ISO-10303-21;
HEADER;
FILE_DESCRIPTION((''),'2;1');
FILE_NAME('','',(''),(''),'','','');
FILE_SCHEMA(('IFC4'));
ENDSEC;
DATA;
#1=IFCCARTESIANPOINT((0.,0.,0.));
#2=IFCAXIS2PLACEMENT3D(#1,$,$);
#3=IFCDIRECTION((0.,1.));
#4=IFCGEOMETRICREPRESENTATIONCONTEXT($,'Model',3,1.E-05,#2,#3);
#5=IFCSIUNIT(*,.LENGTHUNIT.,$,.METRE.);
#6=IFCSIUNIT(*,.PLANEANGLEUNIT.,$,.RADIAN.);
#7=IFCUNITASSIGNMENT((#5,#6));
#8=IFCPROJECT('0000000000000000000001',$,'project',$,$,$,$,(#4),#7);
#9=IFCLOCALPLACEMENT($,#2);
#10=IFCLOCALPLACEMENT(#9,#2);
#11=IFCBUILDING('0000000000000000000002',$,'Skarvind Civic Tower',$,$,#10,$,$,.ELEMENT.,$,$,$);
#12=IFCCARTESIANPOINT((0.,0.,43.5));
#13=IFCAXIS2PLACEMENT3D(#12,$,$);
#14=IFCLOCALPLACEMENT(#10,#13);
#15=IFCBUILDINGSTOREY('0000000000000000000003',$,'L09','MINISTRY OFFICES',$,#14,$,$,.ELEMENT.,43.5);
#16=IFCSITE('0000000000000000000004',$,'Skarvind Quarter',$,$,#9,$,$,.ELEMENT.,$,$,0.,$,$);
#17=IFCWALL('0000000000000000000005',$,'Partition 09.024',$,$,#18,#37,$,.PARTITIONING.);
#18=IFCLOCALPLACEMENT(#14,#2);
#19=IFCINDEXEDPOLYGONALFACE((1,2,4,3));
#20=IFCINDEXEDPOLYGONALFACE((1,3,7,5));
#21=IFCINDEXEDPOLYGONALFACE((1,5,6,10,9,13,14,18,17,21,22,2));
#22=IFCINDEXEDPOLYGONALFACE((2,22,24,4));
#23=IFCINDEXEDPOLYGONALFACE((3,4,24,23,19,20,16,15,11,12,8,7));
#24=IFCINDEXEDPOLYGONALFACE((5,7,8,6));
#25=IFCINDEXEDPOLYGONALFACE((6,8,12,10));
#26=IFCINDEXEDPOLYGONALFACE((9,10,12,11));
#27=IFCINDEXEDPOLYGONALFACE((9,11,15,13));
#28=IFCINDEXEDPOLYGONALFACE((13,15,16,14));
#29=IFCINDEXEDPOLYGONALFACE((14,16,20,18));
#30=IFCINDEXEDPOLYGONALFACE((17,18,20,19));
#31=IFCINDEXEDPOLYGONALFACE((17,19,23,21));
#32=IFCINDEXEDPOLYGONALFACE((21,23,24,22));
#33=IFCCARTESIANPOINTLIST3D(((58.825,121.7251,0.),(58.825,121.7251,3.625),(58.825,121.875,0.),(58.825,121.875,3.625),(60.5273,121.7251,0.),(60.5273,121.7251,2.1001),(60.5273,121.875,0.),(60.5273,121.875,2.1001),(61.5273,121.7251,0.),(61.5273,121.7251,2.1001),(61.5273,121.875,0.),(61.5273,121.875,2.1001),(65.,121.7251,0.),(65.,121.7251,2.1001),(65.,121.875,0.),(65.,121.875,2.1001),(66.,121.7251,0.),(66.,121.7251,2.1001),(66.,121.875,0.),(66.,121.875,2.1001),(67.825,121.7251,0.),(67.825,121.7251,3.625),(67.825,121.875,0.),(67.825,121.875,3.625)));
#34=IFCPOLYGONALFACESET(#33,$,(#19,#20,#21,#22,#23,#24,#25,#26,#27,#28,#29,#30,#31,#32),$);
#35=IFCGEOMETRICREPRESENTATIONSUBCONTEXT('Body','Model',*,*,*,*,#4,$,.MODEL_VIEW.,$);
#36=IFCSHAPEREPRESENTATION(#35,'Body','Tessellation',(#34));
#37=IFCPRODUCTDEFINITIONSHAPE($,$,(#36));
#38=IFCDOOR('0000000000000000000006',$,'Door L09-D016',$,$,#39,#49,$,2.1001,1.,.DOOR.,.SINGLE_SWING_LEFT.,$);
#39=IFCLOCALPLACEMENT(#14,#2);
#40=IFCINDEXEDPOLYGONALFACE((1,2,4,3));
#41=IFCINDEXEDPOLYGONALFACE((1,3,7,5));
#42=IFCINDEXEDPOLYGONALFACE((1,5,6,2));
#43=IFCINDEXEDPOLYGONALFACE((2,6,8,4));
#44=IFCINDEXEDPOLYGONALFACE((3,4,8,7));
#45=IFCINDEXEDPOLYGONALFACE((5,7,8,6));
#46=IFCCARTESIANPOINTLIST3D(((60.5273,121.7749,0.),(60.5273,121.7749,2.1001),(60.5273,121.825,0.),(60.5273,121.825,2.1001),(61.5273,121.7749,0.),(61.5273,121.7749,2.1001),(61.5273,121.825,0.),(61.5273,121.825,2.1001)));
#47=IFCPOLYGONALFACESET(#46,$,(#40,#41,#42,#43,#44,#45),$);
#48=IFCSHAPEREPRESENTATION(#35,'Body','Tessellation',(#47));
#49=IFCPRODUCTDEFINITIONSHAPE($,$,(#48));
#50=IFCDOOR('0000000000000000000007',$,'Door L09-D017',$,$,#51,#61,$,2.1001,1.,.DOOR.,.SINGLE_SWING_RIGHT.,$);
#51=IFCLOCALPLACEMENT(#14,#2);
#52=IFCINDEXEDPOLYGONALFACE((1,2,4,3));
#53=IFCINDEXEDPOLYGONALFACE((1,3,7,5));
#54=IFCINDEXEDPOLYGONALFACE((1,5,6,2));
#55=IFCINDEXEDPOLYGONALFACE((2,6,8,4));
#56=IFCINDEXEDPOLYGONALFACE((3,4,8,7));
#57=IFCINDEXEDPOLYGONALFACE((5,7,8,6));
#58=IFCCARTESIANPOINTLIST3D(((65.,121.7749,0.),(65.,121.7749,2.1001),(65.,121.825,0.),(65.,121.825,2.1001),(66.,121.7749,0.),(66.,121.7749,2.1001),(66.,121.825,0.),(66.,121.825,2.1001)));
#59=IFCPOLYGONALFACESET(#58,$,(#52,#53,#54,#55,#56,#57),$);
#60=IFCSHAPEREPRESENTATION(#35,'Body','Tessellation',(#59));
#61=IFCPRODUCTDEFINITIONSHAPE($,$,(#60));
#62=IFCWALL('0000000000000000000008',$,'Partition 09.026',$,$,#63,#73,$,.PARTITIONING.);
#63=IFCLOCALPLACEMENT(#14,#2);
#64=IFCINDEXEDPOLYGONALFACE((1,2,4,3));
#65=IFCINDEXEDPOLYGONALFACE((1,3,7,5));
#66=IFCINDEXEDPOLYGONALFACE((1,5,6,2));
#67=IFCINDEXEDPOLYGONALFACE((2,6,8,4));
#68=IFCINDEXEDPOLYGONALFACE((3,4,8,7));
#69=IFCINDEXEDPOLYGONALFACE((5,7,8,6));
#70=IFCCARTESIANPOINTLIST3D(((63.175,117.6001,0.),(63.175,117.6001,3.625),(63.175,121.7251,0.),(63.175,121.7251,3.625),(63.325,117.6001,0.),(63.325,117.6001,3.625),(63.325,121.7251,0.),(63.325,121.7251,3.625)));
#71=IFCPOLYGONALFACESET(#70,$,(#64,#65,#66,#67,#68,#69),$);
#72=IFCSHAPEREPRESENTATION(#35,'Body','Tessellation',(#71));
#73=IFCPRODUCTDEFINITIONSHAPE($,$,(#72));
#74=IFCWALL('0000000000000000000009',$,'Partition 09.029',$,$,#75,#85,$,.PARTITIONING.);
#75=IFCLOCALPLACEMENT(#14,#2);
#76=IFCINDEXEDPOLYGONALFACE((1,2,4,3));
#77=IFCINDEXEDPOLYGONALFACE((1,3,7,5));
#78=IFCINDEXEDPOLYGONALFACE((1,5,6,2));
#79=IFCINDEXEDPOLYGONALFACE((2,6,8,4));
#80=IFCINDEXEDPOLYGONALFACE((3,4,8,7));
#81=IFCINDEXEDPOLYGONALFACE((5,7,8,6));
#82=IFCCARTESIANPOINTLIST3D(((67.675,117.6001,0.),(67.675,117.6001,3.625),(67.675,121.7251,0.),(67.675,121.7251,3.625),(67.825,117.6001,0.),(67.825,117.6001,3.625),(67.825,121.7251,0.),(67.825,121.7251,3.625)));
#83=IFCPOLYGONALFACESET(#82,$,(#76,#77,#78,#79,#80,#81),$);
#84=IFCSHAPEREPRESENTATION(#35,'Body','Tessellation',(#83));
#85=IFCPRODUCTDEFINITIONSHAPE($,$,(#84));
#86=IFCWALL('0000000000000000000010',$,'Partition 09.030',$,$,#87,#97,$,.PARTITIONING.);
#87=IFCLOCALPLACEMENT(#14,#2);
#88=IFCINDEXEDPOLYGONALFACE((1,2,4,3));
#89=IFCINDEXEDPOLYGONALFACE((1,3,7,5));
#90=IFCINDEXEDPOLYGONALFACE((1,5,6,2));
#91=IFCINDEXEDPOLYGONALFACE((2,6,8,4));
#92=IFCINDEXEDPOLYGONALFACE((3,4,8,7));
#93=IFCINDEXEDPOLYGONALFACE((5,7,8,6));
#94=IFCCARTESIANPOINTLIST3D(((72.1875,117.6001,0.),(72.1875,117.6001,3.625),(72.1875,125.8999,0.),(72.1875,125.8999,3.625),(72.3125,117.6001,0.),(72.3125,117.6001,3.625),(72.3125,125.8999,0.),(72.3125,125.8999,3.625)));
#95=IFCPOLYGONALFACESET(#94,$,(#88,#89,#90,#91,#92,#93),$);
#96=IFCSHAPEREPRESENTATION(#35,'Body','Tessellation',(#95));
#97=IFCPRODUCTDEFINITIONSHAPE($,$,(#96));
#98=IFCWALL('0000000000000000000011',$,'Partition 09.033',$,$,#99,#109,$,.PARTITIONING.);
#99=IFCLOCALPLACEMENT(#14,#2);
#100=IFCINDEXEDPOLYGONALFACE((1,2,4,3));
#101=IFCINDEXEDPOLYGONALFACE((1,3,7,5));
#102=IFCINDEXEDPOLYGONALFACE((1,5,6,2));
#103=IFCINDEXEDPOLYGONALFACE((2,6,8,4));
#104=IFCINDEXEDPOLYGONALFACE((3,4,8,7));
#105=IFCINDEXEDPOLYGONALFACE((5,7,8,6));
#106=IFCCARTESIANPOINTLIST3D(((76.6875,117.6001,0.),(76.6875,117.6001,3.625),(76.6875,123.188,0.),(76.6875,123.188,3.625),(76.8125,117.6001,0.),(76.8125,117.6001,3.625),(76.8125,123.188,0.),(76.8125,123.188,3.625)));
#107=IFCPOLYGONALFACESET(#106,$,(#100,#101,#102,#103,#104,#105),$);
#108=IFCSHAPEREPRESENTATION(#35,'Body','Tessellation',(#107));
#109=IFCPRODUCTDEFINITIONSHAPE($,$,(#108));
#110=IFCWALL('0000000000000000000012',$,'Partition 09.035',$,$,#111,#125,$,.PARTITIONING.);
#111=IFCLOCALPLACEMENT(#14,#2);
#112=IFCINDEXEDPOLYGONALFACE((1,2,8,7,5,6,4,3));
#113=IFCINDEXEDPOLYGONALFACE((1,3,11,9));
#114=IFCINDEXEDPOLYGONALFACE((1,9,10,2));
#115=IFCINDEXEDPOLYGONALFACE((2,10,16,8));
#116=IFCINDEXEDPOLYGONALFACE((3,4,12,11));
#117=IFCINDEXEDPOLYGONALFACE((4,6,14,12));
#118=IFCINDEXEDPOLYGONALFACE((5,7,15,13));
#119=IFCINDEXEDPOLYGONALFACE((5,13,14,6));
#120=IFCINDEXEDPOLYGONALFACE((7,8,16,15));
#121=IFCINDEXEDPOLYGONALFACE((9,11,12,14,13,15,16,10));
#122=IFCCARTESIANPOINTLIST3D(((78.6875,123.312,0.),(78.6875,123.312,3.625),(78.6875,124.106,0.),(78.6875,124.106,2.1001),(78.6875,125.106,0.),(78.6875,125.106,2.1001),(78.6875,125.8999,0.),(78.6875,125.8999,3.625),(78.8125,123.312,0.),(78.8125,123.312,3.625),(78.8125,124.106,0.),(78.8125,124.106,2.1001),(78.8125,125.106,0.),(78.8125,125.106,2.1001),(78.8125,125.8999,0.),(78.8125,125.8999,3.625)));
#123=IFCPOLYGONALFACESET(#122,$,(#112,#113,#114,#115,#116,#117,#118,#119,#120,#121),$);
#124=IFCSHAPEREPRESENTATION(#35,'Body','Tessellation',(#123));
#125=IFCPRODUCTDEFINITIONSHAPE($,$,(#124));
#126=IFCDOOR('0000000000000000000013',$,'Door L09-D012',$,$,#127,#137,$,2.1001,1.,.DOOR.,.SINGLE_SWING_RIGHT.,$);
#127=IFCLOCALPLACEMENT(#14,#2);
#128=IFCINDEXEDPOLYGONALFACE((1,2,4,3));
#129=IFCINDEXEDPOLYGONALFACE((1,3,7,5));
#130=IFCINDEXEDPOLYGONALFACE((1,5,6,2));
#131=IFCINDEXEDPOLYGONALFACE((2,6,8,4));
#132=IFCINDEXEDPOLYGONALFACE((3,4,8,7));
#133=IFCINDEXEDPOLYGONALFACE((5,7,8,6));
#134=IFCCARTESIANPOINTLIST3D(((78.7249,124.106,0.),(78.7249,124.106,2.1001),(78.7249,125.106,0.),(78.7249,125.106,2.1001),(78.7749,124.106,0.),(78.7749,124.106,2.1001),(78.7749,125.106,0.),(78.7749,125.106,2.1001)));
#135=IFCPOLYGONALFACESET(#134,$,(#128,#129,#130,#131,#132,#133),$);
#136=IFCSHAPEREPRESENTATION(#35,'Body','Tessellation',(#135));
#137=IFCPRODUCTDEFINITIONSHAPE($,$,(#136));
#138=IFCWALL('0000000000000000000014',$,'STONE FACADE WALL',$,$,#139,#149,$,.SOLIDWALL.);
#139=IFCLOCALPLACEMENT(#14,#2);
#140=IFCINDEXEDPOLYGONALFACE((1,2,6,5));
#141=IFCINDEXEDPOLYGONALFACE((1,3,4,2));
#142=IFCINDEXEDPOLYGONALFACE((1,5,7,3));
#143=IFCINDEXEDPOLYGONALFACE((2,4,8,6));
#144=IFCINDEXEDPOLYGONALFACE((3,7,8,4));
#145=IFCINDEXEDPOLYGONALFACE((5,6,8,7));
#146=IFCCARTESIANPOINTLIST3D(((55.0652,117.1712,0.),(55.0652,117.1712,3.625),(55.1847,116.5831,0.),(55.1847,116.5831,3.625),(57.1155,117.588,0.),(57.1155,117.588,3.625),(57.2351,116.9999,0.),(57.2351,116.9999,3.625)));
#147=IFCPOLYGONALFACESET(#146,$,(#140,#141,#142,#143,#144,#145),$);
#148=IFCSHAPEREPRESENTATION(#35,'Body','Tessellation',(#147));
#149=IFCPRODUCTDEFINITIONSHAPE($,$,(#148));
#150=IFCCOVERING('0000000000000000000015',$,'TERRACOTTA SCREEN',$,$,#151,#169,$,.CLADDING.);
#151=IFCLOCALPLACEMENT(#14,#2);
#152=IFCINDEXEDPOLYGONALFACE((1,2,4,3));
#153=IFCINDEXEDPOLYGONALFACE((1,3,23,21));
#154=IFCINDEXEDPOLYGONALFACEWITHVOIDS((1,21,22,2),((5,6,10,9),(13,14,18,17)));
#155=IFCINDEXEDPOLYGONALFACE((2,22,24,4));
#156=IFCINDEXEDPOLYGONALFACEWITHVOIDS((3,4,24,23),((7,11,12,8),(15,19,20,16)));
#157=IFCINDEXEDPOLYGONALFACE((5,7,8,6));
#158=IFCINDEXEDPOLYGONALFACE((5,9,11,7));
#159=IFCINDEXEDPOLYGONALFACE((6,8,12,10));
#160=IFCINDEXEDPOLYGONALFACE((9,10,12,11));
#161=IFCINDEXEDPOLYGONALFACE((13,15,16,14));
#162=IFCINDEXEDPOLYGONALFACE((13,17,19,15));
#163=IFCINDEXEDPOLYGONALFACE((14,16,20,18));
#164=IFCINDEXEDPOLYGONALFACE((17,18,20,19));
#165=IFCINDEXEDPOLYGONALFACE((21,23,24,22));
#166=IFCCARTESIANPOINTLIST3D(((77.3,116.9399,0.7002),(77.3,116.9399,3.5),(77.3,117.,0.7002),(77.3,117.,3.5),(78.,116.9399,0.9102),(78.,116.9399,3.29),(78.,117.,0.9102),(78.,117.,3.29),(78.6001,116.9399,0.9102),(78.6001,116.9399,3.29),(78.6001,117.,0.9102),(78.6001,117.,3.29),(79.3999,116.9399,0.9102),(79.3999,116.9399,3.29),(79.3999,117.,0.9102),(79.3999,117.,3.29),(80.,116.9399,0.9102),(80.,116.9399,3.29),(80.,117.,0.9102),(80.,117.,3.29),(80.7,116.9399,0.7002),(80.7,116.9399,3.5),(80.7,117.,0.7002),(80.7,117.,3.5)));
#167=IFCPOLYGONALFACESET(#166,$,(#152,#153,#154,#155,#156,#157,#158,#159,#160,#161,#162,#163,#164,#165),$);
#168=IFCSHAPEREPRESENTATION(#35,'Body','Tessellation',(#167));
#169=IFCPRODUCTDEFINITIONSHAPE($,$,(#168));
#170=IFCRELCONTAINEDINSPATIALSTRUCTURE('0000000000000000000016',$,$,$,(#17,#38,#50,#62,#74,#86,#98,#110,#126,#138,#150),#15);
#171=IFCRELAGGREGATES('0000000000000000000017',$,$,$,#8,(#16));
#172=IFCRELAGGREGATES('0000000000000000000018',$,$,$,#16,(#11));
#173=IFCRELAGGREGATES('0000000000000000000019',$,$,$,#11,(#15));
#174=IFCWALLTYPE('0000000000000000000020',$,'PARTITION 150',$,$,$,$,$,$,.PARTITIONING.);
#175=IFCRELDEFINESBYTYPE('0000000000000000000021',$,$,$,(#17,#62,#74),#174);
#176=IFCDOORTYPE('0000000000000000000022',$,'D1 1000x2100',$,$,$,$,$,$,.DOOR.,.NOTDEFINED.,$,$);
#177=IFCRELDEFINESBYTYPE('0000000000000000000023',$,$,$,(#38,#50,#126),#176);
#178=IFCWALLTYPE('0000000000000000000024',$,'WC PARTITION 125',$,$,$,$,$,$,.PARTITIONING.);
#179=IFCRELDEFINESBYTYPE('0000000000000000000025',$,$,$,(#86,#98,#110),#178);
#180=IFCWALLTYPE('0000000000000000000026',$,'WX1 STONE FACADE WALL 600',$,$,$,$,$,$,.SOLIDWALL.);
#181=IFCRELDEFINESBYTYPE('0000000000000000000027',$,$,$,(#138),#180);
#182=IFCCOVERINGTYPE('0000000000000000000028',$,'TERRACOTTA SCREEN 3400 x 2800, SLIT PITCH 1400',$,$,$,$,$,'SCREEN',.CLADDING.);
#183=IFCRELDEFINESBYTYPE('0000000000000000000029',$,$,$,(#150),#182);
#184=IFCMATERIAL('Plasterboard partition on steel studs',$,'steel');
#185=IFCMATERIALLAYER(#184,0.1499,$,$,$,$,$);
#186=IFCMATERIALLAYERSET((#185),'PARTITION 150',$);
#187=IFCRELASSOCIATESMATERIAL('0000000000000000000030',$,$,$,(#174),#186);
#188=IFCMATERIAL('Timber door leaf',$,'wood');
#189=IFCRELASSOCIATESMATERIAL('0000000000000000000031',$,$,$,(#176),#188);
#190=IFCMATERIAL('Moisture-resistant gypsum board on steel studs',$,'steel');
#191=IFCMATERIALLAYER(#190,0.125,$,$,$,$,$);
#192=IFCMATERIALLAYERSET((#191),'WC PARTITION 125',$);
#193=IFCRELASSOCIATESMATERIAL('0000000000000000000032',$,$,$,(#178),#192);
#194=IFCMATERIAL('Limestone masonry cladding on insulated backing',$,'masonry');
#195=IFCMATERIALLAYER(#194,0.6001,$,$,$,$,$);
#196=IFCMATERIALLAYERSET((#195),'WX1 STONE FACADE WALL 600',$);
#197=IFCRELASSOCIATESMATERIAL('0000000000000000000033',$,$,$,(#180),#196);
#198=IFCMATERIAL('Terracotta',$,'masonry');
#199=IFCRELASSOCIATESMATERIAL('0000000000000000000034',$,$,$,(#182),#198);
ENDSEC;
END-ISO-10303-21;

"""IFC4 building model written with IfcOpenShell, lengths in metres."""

from ifc_helpers import new_model, si_unit, direction, frame, frame_2d, origin, place, context, subcontext, project, spatial, polyline, rectangle, outline, extrude, material, layer, layer_set, material_profile, profile_set, type_object, element, fill, save


model = new_model("IFC4")

# Units and contexts
model_context = context("Model", 3, precision=1e-05, world=origin(), true_north=direction((0.0, 1.0)))
body_context = subcontext(model_context, "Body", "Model", "MODEL_VIEW")
ifc_project = project(units=[si_unit("LENGTHUNIT", "METRE"), si_unit("PLANEANGLEUNIT", "RADIAN")], contexts=[model_context])

# Site, building, storey
site_placement = place(None, origin())
site = spatial("IfcSite", under=ifc_project, at=site_placement, Name="Skarvind Quarter", CompositionType="ELEMENT", RefElevation=0.0)
building_placement = place(site_placement, origin())
building = spatial("IfcBuilding", under=site, at=building_placement, Name="Skarvind Civic Tower", CompositionType="ELEMENT")
storey_placement = place(building_placement, frame((0.0, 0.0, 43.5)))
storey = spatial("IfcBuildingStorey", under=building, at=storey_placement, Name="L09", Description="MINISTRY OFFICES", CompositionType="ELEMENT", Elevation=43.5)

# Shared definitions
ifc_material_1 = material(Name="Plasterboard partition on steel studs", Category="steel")
ifc_layer_1 = layer(ifc_material_1, 0.1499)
ifc_layer_set_1 = layer_set([ifc_layer_1], Name="PARTITION 150")
wall_type_1 = type_object("IfcWallType", Name="PARTITION 150", PredefinedType="PARTITIONING", material=ifc_layer_set_1)
ifc_material_2 = material(Name="Timber door leaf", Category="wood")

# Wall, openings, doors
wall_1_placement = place(storey_placement, frame((58.825, 121.8, 0.0), z_axis=(0.0, 0.0, 1.0), x_axis=(1.0, 0.0, 0.0)))
wall_1 = element("IfcWall", 1, at=wall_1_placement, inside=storey, type_object=wall_type_1, Name="Partition 09.024", PredefinedType="PARTITIONING", context=body_context, shape_type="SweptSolid", body=[
    extrude(rectangle(XDim=9.0, YDim=0.1499, at=frame_2d((4.5, 0.0))), origin(), (0.0, 0.0, 1.0), 3.625),
])
opening_1_placement = place(wall_1_placement, frame((1.7024, 0.0, 0.0)))
opening_1 = element("IfcOpeningElement", 2, at=opening_1_placement, cuts=wall_1, PredefinedType="OPENING", context=body_context, shape_type="SweptSolid", body=[
    extrude(rectangle(XDim=1.0, YDim=2.1001, at=frame_2d((0.5, 1.05))), frame((0.0, 0.085, 0.0), z_axis=(0.0, -1.0, 0.0), x_axis=(1.0, 0.0, 0.0)), (0.0, 0.0, 1.0), 0.1699),
])
opening_2_placement = place(wall_1_placement, frame((6.175, 0.0, 0.0)))
opening_2 = element("IfcOpeningElement", 3, at=opening_2_placement, cuts=wall_1, PredefinedType="OPENING", context=body_context, shape_type="SweptSolid", body=[
    extrude(rectangle(XDim=1.0, YDim=2.1001, at=frame_2d((0.5, 1.05))), frame((0.0, 0.085, 0.0), z_axis=(0.0, -1.0, 0.0), x_axis=(1.0, 0.0, 0.0)), (0.0, 0.0, 1.0), 0.1699),
])
door_type_1 = type_object("IfcDoorType", Name="D1 1000x2100", OperationType="NOTDEFINED", PredefinedType="DOOR", material=ifc_material_2)
door_1_placement = place(opening_1_placement, origin())
door_1 = element("IfcDoor", 4, at=door_1_placement, inside=storey, type_object=door_type_1, Name="Door L09-D016", OperationType="SINGLE_SWING_LEFT", OverallHeight=2.1001, OverallWidth=1.0, PredefinedType="DOOR", context=body_context, shape_type="SweptSolid", body=[
    extrude(rectangle(XDim=1.0, YDim=2.1001, at=frame_2d((0.5, 1.05))), frame((0.0, 0.0249, 0.0), z_axis=(0.0, -1.0, 0.0), x_axis=(1.0, 0.0, 0.0)), (0.0, 0.0, 1.0), 0.05),
])
fill(opening_1, door_1)
door_2_placement = place(opening_2_placement, origin())
door_2 = element("IfcDoor", 5, at=door_2_placement, inside=storey, type_object=door_type_1, Name="Door L09-D017", OperationType="SINGLE_SWING_RIGHT", OverallHeight=2.1001, OverallWidth=1.0, PredefinedType="DOOR", context=body_context, shape_type="SweptSolid", body=[
    extrude(rectangle(XDim=1.0, YDim=2.1001, at=frame_2d((0.5, 1.05))), frame((0.0, 0.0249, 0.0), z_axis=(0.0, -1.0, 0.0), x_axis=(1.0, 0.0, 0.0)), (0.0, 0.0, 1.0), 0.05),
])
fill(opening_2, door_2)

# Walls
for number, where, z_axis, x_axis, name in (
    (6, (63.25, 121.7251, 0.0), (0.0, 0.0, 1.0), (0.0, -1.0, 0.0), "Partition 09.026"),
    (7, (67.75, 117.6001, 0.0), (0.0, 0.0, 1.0), (0.0, 1.0, 0.0), "Partition 09.029"),
):
    element("IfcWall", number, at=place(storey_placement, frame(where, z_axis=z_axis, x_axis=x_axis)), inside=storey, type_object=wall_type_1, Name=name, PredefinedType="PARTITIONING", context=body_context, shape_type="SweptSolid", body=[
        extrude(rectangle(XDim=4.125, YDim=0.1499, at=frame_2d((2.0625, 0.0))), origin(), (0.0, 0.0, 1.0), 3.625),
    ])
ifc_material_3 = material(Name="Moisture-resistant gypsum board on steel studs", Category="steel")
ifc_layer_2 = layer(ifc_material_3, 0.125)
ifc_layer_set_2 = layer_set([ifc_layer_2], Name="WC PARTITION 125")
wall_type_2 = type_object("IfcWallType", Name="WC PARTITION 125", PredefinedType="PARTITIONING", material=ifc_layer_set_2)
wall_2_placement = place(storey_placement, frame((72.25, 117.6001, 0.0), z_axis=(0.0, 0.0, 1.0), x_axis=(0.0, 1.0, 0.0)))
element("IfcWall", 8, at=wall_2_placement, inside=storey, type_object=wall_type_2, Name="Partition 09.030", PredefinedType="PARTITIONING", context=body_context, shape_type="SweptSolid", body=[
    extrude(rectangle(XDim=8.2998, YDim=0.125, at=frame_2d((4.1499, 0.0))), origin(), (0.0, 0.0, 1.0), 3.625),
])
wall_3_placement = place(storey_placement, frame((76.75, 117.6001, 0.0), z_axis=(0.0, 0.0, 1.0), x_axis=(0.0, 1.0, 0.0)))
element("IfcWall", 9, at=wall_3_placement, inside=storey, type_object=wall_type_2, Name="Partition 09.033", PredefinedType="PARTITIONING", context=body_context, shape_type="SweptSolid", body=[
    extrude(rectangle(XDim=5.5879, YDim=0.125, at=frame_2d((2.7939, 0.0))), origin(), (0.0, 0.0, 1.0), 3.625),
])

# Wall, opening, door
wall_4_placement = place(storey_placement, frame((78.75, 125.8999, 0.0), z_axis=(0.0, 0.0, 1.0), x_axis=(0.0, -1.0, 0.0)))
wall_4 = element("IfcWall", 10, at=wall_4_placement, inside=storey, type_object=wall_type_2, Name="Partition 09.035", PredefinedType="PARTITIONING", context=body_context, shape_type="SweptSolid", body=[
    extrude(rectangle(XDim=2.5879, YDim=0.125, at=frame_2d((1.2939, 0.0))), origin(), (0.0, 0.0, 1.0), 3.625),
])
opening_3_placement = place(wall_4_placement, frame((0.7939, 0.0, 0.0)))
opening_3 = element("IfcOpeningElement", 11, at=opening_3_placement, cuts=wall_4, PredefinedType="OPENING", context=body_context, shape_type="SweptSolid", body=[
    extrude(rectangle(XDim=1.0, YDim=2.1001, at=frame_2d((0.5, 1.05))), frame((0.0, 0.0725, 0.0), z_axis=(0.0, -1.0, 0.0), x_axis=(1.0, 0.0, 0.0)), (0.0, 0.0, 1.0), 0.145),
])
door_3_placement = place(opening_3_placement, origin())
door_3 = element("IfcDoor", 12, at=door_3_placement, inside=storey, type_object=door_type_1, Name="Door L09-D012", OperationType="SINGLE_SWING_RIGHT", OverallHeight=2.1001, OverallWidth=1.0, PredefinedType="DOOR", context=body_context, shape_type="SweptSolid", body=[
    extrude(rectangle(XDim=1.0, YDim=2.1001, at=frame_2d((0.5, 1.05))), frame((0.0, 0.0249, 0.0), z_axis=(0.0, -1.0, 0.0), x_axis=(1.0, 0.0, 0.0)), (0.0, 0.0, 1.0), 0.05),
])
fill(opening_3, door_3)

# Wall
ifc_material_4 = material(Name="Limestone masonry cladding on insulated backing", Category="masonry")
ifc_layer_3 = layer(ifc_material_4, 0.6001)
ifc_layer_set_3 = layer_set([ifc_layer_3], Name="WX1 STONE FACADE WALL 600")
wall_type_3 = type_object("IfcWallType", Name="WX1 STONE FACADE WALL 600", PredefinedType="SOLIDWALL", material=ifc_layer_set_3)
wall_5_placement = place(storey_placement, frame((57.1753, 117.2939, 0.0), z_axis=(0.0, 0.0, 1.0), x_axis=(-0.979961, -0.199189, 0.0)))
element("IfcWall", 13, at=wall_5_placement, inside=storey, type_object=wall_type_3, Name="STONE FACADE WALL", PredefinedType="SOLIDWALL", context=body_context, shape_type="SweptSolid", body=[
    extrude(rectangle(XDim=2.0923, YDim=0.6001, at=frame_2d((1.0461, 0.0))), origin(), (0.0, 0.0, 1.0), 3.625),
])

# Covering
ifc_material_5 = material(Name="Terracotta", Category="masonry")
ifc_material_profile_1 = material_profile(ifc_material_5, outline(polyline([(-1.7, -1.3999), (1.7, -1.3999), (1.7, 1.3999), (-1.7, 1.3999), (-1.7, -1.3999)]), holes=[polyline([(-1.0, -1.1899), (-0.3999, -1.1899), (-0.3999, 1.1899), (-1.0, 1.1899), (-1.0, -1.1899)]), polyline([(0.3999, -1.1899), (1.0, -1.1899), (1.0, 1.1899), (0.3999, 1.1899), (0.3999, -1.1899)])]), Name="TERRACOTTA SCREEN 3400 x 2800, SLIT PITCH 1400")
ifc_profile_set_1 = profile_set([ifc_material_profile_1], Name="Terracotta")
covering_type = type_object("IfcCoveringType", Name="TERRACOTTA SCREEN 3400 x 2800, SLIT PITCH 1400", ElementType="SCREEN", PredefinedType="CLADDING", material=ifc_profile_set_1)
for number, where, z_axis, x_axis, name in (
    (14, (79.0, 117.0, 2.1001), (0.0, -1.0, 0.0), (1.0, 0.0, 0.0), "TERRACOTTA SCREEN"),
):
    element("IfcCovering", number, at=place(storey_placement, frame(where, z_axis=z_axis, x_axis=x_axis)), inside=storey, type_object=covering_type, Name=name, PredefinedType="CLADDING", context=body_context, shape_type="SweptSolid", body=[
        extrude(outline(polyline([(-1.7, -1.3999), (1.7, -1.3999), (1.7, 1.3999), (-1.7, 1.3999), (-1.7, -1.3999)]), holes=[polyline([(-1.0, -1.1899), (-0.3999, -1.1899), (-0.3999, 1.1899), (-1.0, 1.1899), (-1.0, -1.1899)]), polyline([(0.3999, -1.1899), (1.0, -1.1899), (1.0, 1.1899), (0.3999, 1.1899), (0.3999, -1.1899)])]), origin(), (0.0, 0.0, 1.0), 0.0601),
    ])

save(model, "model.ifc")
